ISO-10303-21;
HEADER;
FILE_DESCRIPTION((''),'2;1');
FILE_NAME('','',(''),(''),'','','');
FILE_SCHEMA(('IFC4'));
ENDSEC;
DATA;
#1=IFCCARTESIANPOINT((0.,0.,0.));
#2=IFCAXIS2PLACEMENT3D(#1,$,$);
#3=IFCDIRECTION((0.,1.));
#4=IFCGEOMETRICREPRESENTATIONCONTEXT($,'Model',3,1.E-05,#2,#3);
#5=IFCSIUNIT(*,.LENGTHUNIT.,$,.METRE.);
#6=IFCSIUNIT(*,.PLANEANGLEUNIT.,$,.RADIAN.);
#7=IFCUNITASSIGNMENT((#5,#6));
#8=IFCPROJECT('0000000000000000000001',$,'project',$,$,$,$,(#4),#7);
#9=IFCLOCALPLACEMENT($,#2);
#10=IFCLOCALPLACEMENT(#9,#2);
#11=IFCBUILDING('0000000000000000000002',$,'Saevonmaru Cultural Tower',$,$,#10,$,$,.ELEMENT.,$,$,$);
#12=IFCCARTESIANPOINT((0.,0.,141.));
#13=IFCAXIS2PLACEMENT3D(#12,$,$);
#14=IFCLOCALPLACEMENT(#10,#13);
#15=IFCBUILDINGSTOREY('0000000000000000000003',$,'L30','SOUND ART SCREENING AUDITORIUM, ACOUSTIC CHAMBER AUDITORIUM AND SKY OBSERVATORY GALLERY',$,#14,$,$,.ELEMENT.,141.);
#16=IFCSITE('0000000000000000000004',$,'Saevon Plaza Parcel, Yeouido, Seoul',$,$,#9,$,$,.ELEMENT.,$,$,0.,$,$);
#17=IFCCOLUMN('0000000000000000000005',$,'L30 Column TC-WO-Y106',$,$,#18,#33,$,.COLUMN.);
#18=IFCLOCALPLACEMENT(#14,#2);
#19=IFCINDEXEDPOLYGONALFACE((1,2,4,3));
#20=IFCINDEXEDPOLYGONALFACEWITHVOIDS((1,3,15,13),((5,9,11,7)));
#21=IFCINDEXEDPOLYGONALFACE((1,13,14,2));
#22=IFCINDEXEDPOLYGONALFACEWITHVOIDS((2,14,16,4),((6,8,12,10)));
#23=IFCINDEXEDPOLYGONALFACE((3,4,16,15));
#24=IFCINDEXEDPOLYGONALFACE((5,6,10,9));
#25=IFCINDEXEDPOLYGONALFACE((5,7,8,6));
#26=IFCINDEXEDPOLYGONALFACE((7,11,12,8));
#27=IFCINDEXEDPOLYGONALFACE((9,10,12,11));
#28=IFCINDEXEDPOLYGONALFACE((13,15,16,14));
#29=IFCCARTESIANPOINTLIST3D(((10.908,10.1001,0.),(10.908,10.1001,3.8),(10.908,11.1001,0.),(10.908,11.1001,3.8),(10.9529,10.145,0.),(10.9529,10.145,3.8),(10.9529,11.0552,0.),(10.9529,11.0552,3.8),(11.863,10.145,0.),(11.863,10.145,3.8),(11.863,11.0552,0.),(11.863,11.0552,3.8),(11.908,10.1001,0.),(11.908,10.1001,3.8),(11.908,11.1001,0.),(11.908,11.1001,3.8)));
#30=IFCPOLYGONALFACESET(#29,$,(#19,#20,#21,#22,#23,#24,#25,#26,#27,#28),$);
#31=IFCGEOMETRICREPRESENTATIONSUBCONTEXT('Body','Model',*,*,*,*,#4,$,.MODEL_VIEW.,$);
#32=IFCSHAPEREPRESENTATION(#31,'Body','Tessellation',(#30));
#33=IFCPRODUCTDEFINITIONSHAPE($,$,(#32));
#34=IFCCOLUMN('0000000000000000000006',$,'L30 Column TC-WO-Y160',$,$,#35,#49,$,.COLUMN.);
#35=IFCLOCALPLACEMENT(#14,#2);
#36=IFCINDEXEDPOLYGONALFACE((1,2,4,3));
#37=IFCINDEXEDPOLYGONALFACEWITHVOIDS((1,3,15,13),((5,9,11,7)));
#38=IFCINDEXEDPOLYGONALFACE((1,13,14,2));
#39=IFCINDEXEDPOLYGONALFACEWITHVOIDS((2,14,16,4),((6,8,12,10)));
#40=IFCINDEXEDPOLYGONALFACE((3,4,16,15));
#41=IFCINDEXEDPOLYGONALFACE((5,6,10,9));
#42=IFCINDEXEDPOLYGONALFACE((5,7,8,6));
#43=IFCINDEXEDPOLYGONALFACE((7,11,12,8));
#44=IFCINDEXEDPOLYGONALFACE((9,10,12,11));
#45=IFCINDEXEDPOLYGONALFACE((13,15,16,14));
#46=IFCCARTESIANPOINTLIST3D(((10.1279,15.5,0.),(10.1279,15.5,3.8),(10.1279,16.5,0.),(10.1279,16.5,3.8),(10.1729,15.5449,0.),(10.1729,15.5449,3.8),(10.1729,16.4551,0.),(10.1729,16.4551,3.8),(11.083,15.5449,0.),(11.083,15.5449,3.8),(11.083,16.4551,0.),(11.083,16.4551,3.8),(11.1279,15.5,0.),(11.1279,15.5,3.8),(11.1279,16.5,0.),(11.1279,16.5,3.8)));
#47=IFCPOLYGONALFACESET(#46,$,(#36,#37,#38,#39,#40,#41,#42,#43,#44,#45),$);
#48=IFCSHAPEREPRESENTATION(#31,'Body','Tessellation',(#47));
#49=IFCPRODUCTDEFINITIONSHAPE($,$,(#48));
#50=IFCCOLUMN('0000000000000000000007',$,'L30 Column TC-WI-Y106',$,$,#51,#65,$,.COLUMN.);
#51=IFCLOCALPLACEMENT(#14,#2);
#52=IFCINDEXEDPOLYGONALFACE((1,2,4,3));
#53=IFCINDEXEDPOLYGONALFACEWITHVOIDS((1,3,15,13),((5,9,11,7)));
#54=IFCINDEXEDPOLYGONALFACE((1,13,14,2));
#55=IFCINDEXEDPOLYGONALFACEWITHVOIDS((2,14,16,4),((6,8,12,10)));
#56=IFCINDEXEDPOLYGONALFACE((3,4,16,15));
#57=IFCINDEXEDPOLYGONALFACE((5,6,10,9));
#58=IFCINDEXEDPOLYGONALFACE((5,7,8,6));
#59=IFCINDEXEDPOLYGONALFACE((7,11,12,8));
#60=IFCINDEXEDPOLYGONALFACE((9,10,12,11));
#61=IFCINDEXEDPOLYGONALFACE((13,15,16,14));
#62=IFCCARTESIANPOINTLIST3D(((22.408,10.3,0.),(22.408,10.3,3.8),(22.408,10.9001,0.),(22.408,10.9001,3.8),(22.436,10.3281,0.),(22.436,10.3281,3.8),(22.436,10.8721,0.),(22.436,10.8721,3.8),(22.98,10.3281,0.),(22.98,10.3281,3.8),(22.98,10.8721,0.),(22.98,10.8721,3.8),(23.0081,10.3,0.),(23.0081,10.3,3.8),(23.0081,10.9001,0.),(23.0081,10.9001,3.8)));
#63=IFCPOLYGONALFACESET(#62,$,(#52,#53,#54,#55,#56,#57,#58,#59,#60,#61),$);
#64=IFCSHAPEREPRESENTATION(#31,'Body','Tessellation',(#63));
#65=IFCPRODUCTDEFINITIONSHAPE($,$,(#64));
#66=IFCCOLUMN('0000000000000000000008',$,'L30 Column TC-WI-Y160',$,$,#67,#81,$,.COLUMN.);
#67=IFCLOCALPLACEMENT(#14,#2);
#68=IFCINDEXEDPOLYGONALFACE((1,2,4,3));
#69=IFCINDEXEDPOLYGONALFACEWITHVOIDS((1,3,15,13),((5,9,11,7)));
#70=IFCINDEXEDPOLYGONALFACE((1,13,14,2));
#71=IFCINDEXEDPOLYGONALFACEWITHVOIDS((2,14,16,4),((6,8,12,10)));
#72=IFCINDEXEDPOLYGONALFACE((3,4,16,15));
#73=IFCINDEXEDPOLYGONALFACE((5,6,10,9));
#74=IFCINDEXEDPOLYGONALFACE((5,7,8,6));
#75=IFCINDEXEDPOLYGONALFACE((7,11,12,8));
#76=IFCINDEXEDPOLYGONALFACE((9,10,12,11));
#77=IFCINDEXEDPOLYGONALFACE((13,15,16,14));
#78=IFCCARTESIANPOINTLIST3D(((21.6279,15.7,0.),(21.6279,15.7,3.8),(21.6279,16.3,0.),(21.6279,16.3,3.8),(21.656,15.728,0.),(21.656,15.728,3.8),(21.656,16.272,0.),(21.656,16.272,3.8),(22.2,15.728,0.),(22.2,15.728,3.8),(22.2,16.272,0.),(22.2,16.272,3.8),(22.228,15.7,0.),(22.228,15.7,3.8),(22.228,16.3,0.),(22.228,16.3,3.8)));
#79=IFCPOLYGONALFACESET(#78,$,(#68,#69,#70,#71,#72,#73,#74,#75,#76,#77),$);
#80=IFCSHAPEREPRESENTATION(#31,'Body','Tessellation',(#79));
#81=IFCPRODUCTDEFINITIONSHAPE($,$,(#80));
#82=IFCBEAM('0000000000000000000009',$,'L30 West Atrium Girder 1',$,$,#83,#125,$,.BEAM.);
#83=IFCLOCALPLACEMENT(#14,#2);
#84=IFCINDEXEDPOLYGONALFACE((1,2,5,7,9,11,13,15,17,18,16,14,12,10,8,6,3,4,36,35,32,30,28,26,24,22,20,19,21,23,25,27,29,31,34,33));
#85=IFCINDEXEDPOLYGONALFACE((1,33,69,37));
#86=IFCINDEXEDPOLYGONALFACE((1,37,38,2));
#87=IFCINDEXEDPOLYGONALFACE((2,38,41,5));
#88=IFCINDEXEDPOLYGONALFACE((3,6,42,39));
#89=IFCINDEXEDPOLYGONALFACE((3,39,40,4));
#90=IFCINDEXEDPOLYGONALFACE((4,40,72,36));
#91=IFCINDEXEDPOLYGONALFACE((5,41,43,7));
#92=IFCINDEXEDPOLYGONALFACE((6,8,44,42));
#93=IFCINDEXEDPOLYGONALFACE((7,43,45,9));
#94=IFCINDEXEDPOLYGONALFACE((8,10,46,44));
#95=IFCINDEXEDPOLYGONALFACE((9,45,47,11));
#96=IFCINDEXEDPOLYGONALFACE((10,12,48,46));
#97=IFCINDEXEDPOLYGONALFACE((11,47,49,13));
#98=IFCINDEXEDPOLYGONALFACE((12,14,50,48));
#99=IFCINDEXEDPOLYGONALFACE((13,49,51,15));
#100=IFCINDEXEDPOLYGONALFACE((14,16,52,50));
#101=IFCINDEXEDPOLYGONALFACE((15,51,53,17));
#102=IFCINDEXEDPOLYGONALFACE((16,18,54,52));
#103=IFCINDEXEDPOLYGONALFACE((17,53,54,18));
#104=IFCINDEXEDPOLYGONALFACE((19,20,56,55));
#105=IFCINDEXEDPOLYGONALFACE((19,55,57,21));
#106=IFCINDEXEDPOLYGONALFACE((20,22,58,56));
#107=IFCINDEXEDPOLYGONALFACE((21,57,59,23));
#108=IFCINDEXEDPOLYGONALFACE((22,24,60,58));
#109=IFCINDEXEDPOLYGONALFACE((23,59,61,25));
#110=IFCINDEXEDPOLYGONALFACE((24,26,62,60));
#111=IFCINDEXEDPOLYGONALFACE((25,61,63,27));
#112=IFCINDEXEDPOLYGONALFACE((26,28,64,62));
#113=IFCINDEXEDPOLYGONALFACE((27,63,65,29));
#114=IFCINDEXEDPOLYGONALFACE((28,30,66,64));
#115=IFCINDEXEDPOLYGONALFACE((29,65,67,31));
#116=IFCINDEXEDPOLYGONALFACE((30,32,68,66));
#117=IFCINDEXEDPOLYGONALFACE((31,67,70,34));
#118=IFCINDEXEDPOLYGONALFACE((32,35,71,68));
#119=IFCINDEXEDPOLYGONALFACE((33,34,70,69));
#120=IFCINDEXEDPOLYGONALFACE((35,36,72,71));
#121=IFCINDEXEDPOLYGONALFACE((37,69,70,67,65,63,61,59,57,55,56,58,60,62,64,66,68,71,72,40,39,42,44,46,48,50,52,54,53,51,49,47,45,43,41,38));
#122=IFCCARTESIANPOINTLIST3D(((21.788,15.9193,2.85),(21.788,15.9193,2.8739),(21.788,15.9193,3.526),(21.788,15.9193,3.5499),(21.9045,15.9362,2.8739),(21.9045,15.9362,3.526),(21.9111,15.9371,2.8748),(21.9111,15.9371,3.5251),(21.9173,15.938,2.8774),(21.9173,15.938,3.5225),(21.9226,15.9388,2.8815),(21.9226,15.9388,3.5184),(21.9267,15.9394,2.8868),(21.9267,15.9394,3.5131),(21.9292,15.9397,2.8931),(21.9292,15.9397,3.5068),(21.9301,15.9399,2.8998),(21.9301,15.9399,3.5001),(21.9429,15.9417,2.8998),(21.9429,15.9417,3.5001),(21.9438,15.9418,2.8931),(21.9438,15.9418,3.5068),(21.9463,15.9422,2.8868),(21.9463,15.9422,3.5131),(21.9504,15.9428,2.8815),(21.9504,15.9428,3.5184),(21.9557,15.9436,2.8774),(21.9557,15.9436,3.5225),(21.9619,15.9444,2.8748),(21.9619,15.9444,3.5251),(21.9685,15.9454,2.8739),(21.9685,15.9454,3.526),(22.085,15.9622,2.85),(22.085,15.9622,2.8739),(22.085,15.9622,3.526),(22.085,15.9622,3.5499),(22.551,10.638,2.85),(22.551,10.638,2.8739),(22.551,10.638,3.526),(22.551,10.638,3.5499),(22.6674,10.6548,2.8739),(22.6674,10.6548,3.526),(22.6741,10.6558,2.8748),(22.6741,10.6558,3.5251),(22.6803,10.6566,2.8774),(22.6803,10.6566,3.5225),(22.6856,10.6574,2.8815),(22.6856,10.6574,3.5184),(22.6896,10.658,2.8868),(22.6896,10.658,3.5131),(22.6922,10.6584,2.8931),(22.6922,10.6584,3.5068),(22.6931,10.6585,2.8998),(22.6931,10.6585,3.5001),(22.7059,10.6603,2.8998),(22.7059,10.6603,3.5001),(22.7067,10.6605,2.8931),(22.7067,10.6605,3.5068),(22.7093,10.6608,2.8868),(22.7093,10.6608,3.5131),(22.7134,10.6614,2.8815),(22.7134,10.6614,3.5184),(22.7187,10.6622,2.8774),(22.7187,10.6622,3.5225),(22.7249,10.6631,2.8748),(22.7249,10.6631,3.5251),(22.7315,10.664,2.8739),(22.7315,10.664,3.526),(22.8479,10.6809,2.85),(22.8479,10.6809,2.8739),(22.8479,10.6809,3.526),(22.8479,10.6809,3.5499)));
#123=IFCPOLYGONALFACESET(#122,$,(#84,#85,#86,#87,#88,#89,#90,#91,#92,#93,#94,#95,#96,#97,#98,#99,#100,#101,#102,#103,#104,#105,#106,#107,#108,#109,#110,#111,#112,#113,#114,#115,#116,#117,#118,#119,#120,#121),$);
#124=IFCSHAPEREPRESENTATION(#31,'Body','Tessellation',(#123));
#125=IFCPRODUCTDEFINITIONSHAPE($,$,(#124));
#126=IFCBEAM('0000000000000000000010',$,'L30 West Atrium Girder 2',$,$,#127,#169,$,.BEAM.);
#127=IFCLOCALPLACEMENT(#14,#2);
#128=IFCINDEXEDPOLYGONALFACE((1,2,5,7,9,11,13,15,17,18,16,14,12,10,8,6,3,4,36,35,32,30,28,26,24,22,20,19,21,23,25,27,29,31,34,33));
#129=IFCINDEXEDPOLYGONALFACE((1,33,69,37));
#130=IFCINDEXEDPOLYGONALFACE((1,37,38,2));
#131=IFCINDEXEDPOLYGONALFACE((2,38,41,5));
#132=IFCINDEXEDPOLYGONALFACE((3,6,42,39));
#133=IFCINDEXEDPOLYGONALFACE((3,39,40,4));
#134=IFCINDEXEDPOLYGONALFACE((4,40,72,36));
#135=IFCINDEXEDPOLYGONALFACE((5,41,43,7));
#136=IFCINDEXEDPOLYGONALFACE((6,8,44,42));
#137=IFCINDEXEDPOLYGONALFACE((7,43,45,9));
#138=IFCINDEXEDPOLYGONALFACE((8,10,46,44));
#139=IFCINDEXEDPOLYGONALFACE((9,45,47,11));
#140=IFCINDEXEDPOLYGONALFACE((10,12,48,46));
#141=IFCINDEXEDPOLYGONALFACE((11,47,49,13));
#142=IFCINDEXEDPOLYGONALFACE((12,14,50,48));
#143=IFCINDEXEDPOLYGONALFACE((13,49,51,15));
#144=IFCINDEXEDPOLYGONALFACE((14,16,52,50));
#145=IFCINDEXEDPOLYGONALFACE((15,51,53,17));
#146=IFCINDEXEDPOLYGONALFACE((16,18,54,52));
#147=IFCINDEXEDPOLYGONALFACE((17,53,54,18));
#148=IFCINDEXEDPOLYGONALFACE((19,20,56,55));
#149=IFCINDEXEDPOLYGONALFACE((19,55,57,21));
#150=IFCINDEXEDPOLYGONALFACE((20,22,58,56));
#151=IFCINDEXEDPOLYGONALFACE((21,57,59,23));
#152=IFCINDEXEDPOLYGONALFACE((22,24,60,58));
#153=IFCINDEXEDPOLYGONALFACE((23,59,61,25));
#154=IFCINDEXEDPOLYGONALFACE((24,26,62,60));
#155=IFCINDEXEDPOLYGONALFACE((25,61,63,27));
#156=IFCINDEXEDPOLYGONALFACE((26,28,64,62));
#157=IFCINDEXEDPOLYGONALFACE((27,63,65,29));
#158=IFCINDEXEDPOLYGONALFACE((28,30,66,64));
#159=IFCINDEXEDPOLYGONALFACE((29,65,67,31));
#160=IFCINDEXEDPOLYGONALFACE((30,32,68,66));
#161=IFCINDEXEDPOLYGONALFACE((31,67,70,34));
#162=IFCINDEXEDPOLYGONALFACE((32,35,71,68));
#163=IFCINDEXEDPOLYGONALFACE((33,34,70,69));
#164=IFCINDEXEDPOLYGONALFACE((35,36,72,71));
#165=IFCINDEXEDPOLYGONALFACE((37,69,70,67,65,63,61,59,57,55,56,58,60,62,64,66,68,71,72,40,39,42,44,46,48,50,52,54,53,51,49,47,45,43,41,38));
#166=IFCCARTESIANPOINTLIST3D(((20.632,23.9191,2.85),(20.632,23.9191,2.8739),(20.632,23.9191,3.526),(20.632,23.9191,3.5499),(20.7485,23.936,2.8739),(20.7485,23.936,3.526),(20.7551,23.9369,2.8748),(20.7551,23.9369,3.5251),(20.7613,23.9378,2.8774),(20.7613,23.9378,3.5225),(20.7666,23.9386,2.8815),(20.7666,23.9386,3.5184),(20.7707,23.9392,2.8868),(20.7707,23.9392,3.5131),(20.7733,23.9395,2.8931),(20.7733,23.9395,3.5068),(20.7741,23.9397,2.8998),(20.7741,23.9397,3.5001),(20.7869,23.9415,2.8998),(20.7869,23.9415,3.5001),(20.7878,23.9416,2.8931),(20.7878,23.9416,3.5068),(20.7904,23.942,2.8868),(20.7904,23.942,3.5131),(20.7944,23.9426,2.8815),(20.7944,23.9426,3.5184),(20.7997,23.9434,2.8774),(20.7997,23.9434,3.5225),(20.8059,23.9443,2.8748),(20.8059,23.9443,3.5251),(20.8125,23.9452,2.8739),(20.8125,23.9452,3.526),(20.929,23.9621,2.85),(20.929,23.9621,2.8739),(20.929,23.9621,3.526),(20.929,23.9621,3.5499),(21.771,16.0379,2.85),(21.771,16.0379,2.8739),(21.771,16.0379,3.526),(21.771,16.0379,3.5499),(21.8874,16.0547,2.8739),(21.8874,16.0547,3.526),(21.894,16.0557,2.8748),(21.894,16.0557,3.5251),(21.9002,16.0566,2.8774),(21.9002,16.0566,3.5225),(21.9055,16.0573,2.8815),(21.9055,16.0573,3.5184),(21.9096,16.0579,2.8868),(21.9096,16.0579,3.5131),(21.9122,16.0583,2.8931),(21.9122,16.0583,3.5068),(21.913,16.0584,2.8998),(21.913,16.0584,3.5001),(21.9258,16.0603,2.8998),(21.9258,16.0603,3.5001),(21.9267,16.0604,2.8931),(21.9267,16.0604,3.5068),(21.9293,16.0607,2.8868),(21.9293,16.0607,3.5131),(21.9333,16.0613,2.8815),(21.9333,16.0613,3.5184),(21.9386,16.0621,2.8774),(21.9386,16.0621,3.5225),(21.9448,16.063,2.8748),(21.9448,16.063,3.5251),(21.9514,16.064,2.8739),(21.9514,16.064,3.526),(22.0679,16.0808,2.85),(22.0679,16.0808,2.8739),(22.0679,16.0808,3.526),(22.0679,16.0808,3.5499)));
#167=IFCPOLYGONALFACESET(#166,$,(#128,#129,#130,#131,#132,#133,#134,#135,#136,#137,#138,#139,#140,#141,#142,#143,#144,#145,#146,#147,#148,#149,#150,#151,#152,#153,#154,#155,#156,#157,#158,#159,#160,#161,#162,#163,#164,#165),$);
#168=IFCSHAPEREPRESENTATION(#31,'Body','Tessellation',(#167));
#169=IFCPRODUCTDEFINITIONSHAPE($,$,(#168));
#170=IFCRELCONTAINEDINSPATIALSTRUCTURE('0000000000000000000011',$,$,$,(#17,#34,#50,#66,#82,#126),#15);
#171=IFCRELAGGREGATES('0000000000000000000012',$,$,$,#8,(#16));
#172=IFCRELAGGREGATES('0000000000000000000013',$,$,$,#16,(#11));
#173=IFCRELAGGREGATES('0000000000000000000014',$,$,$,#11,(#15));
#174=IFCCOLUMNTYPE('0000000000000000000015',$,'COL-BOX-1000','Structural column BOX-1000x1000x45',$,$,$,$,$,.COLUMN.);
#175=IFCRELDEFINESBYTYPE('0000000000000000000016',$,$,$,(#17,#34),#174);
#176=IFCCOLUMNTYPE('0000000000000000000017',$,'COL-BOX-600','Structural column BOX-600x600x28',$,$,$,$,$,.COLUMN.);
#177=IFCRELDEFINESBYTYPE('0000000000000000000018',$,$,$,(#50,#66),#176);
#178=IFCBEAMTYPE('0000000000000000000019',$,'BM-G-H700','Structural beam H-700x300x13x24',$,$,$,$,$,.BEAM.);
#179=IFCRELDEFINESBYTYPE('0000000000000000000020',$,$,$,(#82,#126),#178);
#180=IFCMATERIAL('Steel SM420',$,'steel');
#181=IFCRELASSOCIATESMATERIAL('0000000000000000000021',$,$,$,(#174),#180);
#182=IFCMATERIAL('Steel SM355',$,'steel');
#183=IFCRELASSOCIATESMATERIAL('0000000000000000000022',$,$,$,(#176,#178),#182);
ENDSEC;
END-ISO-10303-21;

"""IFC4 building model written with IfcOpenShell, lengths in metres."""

from ifc_helpers import new_model, si_unit, direction, frame, origin, origin_2d, place, context, subcontext, project, spatial, hollow_rectangle, i_section, extrude, material, material_profile, profile_set, type_object, element, save


model = new_model("IFC4")

# Units and contexts
model_context = context("Model", 3, precision=1e-05, world=origin(), true_north=direction((0.0, 1.0)))
body_context = subcontext(model_context, "Body", "Model", "MODEL_VIEW")
ifc_project = project(units=[si_unit("LENGTHUNIT", "METRE"), si_unit("PLANEANGLEUNIT", "RADIAN")], contexts=[model_context])

# Site, building, storey
site_placement = place(None, origin())
site = spatial("IfcSite", under=ifc_project, at=site_placement, Name="Saevon Plaza Parcel, Yeouido, Seoul", CompositionType="ELEMENT", RefElevation=0.0)
building_placement = place(site_placement, origin())
building = spatial("IfcBuilding", under=site, at=building_placement, Name="Saevonmaru Cultural Tower", CompositionType="ELEMENT")
storey_placement = place(building_placement, frame((0.0, 0.0, 141.0)))
storey = spatial("IfcBuildingStorey", under=building, at=storey_placement, Name="L30", Description="SOUND ART SCREENING AUDITORIUM, ACOUSTIC CHAMBER AUDITORIUM AND SKY OBSERVATORY GALLERY", CompositionType="ELEMENT", Elevation=141.0)

# Columns
ifc_material_1 = material(Name="Steel SM420", Category="steel")
ifc_material_profile_1 = material_profile(ifc_material_1, hollow_rectangle(XDim=1.0, YDim=1.0, WallThickness=0.0449, at=origin_2d()), Name="BOX-1000x1000x45")
ifc_profile_set_1 = profile_set([ifc_material_profile_1], Name="Steel SM420")
column_type_1 = type_object("IfcColumnType", Name="COL-BOX-1000", Description="Structural column BOX-1000x1000x45", PredefinedType="COLUMN", material=ifc_profile_set_1)
for number, where, z_axis, x_axis, name in (
    (1, (11.408, 10.6001, 0.0), (0.0, 0.0, 1.0), (1.0, 0.0, 0.0), "L30 Column TC-WO-Y106"),
    (2, (10.6279, 16.0, 0.0), (0.0, 0.0, 1.0), (1.0, 0.0, 0.0), "L30 Column TC-WO-Y160"),
):
    element("IfcColumn", number, at=place(storey_placement, frame(where, z_axis=z_axis, x_axis=x_axis)), inside=storey, type_object=column_type_1, Name=name, PredefinedType="COLUMN", context=body_context, shape_type="SweptSolid", body=[
        extrude(hollow_rectangle(XDim=1.0, YDim=1.0, WallThickness=0.0449, at=origin_2d()), origin(), (0.0, 0.0, 1.0), 3.8),
    ])
ifc_material_2 = material(Name="Steel SM355", Category="steel")
ifc_material_profile_2 = material_profile(ifc_material_2, hollow_rectangle(XDim=0.6001, YDim=0.6001, WallThickness=0.0281, at=origin_2d()), Name="BOX-600x600x28")
ifc_profile_set_2 = profile_set([ifc_material_profile_2], Name="Steel SM355")
column_type_2 = type_object("IfcColumnType", Name="COL-BOX-600", Description="Structural column BOX-600x600x28", PredefinedType="COLUMN", material=ifc_profile_set_2)
for number, where, z_axis, x_axis, name in (
    (3, (22.708, 10.6001, 0.0), (0.0, 0.0, 1.0), (1.0, 0.0, 0.0), "L30 Column TC-WI-Y106"),
    (4, (21.928, 16.0, 0.0), (0.0, 0.0, 1.0), (1.0, 0.0, 0.0), "L30 Column TC-WI-Y160"),
):
    element("IfcColumn", number, at=place(storey_placement, frame(where, z_axis=z_axis, x_axis=x_axis)), inside=storey, type_object=column_type_2, Name=name, PredefinedType="COLUMN", context=body_context, shape_type="SweptSolid", body=[
        extrude(hollow_rectangle(XDim=0.6001, YDim=0.6001, WallThickness=0.0281, at=origin_2d()), origin(), (0.0, 0.0, 1.0), 3.8),
    ])

# Beams
ifc_material_profile_3 = material_profile(ifc_material_2, i_section(OverallWidth=0.3, OverallDepth=0.7, WebThickness=0.0129, FlangeThickness=0.0239, FilletRadius=0.0259, at=origin_2d()), Name="H-700x300x13x24")
ifc_profile_set_3 = profile_set([ifc_material_profile_3], Name="Steel SM355")
beam_type_1 = type_object("IfcBeamType", Name="BM-G-H700", Description="Structural beam H-700x300x13x24", PredefinedType="BEAM", material=ifc_profile_set_3)
beam_1_placement = place(storey_placement, frame((22.6995, 10.6594, 3.2), z_axis=(-0.142978, 0.989726, 0.0), x_axis=(-0.989726, -0.142978, 0.0)))
element("IfcBeam", 5, at=beam_1_placement, inside=storey, type_object=beam_type_1, Name="L30 West Atrium Girder 1", PredefinedType="BEAM", context=body_context, shape_type="SweptSolid", body=[
    extrude(i_section(OverallWidth=0.3, OverallDepth=0.7, WebThickness=0.0129, FlangeThickness=0.0239, FilletRadius=0.0259, at=origin_2d()), origin(), (0.0, 0.0, 1.0), 5.3362),
])
beam_2_placement = place(storey_placement, frame((21.9194, 16.0593, 3.2), z_axis=(-0.143022, 0.989719, 0.0), x_axis=(-0.989719, -0.143022, 0.0)))
element("IfcBeam", 6, at=beam_2_placement, inside=storey, type_object=beam_type_1, Name="L30 West Atrium Girder 2", PredefinedType="BEAM", context=body_context, shape_type="SweptSolid", body=[
    extrude(i_section(OverallWidth=0.3, OverallDepth=0.7, WebThickness=0.0129, FlangeThickness=0.0239, FilletRadius=0.0259, at=origin_2d()), origin(), (0.0, 0.0, 1.0), 7.9631),
])

save(model, "model.ifc")
